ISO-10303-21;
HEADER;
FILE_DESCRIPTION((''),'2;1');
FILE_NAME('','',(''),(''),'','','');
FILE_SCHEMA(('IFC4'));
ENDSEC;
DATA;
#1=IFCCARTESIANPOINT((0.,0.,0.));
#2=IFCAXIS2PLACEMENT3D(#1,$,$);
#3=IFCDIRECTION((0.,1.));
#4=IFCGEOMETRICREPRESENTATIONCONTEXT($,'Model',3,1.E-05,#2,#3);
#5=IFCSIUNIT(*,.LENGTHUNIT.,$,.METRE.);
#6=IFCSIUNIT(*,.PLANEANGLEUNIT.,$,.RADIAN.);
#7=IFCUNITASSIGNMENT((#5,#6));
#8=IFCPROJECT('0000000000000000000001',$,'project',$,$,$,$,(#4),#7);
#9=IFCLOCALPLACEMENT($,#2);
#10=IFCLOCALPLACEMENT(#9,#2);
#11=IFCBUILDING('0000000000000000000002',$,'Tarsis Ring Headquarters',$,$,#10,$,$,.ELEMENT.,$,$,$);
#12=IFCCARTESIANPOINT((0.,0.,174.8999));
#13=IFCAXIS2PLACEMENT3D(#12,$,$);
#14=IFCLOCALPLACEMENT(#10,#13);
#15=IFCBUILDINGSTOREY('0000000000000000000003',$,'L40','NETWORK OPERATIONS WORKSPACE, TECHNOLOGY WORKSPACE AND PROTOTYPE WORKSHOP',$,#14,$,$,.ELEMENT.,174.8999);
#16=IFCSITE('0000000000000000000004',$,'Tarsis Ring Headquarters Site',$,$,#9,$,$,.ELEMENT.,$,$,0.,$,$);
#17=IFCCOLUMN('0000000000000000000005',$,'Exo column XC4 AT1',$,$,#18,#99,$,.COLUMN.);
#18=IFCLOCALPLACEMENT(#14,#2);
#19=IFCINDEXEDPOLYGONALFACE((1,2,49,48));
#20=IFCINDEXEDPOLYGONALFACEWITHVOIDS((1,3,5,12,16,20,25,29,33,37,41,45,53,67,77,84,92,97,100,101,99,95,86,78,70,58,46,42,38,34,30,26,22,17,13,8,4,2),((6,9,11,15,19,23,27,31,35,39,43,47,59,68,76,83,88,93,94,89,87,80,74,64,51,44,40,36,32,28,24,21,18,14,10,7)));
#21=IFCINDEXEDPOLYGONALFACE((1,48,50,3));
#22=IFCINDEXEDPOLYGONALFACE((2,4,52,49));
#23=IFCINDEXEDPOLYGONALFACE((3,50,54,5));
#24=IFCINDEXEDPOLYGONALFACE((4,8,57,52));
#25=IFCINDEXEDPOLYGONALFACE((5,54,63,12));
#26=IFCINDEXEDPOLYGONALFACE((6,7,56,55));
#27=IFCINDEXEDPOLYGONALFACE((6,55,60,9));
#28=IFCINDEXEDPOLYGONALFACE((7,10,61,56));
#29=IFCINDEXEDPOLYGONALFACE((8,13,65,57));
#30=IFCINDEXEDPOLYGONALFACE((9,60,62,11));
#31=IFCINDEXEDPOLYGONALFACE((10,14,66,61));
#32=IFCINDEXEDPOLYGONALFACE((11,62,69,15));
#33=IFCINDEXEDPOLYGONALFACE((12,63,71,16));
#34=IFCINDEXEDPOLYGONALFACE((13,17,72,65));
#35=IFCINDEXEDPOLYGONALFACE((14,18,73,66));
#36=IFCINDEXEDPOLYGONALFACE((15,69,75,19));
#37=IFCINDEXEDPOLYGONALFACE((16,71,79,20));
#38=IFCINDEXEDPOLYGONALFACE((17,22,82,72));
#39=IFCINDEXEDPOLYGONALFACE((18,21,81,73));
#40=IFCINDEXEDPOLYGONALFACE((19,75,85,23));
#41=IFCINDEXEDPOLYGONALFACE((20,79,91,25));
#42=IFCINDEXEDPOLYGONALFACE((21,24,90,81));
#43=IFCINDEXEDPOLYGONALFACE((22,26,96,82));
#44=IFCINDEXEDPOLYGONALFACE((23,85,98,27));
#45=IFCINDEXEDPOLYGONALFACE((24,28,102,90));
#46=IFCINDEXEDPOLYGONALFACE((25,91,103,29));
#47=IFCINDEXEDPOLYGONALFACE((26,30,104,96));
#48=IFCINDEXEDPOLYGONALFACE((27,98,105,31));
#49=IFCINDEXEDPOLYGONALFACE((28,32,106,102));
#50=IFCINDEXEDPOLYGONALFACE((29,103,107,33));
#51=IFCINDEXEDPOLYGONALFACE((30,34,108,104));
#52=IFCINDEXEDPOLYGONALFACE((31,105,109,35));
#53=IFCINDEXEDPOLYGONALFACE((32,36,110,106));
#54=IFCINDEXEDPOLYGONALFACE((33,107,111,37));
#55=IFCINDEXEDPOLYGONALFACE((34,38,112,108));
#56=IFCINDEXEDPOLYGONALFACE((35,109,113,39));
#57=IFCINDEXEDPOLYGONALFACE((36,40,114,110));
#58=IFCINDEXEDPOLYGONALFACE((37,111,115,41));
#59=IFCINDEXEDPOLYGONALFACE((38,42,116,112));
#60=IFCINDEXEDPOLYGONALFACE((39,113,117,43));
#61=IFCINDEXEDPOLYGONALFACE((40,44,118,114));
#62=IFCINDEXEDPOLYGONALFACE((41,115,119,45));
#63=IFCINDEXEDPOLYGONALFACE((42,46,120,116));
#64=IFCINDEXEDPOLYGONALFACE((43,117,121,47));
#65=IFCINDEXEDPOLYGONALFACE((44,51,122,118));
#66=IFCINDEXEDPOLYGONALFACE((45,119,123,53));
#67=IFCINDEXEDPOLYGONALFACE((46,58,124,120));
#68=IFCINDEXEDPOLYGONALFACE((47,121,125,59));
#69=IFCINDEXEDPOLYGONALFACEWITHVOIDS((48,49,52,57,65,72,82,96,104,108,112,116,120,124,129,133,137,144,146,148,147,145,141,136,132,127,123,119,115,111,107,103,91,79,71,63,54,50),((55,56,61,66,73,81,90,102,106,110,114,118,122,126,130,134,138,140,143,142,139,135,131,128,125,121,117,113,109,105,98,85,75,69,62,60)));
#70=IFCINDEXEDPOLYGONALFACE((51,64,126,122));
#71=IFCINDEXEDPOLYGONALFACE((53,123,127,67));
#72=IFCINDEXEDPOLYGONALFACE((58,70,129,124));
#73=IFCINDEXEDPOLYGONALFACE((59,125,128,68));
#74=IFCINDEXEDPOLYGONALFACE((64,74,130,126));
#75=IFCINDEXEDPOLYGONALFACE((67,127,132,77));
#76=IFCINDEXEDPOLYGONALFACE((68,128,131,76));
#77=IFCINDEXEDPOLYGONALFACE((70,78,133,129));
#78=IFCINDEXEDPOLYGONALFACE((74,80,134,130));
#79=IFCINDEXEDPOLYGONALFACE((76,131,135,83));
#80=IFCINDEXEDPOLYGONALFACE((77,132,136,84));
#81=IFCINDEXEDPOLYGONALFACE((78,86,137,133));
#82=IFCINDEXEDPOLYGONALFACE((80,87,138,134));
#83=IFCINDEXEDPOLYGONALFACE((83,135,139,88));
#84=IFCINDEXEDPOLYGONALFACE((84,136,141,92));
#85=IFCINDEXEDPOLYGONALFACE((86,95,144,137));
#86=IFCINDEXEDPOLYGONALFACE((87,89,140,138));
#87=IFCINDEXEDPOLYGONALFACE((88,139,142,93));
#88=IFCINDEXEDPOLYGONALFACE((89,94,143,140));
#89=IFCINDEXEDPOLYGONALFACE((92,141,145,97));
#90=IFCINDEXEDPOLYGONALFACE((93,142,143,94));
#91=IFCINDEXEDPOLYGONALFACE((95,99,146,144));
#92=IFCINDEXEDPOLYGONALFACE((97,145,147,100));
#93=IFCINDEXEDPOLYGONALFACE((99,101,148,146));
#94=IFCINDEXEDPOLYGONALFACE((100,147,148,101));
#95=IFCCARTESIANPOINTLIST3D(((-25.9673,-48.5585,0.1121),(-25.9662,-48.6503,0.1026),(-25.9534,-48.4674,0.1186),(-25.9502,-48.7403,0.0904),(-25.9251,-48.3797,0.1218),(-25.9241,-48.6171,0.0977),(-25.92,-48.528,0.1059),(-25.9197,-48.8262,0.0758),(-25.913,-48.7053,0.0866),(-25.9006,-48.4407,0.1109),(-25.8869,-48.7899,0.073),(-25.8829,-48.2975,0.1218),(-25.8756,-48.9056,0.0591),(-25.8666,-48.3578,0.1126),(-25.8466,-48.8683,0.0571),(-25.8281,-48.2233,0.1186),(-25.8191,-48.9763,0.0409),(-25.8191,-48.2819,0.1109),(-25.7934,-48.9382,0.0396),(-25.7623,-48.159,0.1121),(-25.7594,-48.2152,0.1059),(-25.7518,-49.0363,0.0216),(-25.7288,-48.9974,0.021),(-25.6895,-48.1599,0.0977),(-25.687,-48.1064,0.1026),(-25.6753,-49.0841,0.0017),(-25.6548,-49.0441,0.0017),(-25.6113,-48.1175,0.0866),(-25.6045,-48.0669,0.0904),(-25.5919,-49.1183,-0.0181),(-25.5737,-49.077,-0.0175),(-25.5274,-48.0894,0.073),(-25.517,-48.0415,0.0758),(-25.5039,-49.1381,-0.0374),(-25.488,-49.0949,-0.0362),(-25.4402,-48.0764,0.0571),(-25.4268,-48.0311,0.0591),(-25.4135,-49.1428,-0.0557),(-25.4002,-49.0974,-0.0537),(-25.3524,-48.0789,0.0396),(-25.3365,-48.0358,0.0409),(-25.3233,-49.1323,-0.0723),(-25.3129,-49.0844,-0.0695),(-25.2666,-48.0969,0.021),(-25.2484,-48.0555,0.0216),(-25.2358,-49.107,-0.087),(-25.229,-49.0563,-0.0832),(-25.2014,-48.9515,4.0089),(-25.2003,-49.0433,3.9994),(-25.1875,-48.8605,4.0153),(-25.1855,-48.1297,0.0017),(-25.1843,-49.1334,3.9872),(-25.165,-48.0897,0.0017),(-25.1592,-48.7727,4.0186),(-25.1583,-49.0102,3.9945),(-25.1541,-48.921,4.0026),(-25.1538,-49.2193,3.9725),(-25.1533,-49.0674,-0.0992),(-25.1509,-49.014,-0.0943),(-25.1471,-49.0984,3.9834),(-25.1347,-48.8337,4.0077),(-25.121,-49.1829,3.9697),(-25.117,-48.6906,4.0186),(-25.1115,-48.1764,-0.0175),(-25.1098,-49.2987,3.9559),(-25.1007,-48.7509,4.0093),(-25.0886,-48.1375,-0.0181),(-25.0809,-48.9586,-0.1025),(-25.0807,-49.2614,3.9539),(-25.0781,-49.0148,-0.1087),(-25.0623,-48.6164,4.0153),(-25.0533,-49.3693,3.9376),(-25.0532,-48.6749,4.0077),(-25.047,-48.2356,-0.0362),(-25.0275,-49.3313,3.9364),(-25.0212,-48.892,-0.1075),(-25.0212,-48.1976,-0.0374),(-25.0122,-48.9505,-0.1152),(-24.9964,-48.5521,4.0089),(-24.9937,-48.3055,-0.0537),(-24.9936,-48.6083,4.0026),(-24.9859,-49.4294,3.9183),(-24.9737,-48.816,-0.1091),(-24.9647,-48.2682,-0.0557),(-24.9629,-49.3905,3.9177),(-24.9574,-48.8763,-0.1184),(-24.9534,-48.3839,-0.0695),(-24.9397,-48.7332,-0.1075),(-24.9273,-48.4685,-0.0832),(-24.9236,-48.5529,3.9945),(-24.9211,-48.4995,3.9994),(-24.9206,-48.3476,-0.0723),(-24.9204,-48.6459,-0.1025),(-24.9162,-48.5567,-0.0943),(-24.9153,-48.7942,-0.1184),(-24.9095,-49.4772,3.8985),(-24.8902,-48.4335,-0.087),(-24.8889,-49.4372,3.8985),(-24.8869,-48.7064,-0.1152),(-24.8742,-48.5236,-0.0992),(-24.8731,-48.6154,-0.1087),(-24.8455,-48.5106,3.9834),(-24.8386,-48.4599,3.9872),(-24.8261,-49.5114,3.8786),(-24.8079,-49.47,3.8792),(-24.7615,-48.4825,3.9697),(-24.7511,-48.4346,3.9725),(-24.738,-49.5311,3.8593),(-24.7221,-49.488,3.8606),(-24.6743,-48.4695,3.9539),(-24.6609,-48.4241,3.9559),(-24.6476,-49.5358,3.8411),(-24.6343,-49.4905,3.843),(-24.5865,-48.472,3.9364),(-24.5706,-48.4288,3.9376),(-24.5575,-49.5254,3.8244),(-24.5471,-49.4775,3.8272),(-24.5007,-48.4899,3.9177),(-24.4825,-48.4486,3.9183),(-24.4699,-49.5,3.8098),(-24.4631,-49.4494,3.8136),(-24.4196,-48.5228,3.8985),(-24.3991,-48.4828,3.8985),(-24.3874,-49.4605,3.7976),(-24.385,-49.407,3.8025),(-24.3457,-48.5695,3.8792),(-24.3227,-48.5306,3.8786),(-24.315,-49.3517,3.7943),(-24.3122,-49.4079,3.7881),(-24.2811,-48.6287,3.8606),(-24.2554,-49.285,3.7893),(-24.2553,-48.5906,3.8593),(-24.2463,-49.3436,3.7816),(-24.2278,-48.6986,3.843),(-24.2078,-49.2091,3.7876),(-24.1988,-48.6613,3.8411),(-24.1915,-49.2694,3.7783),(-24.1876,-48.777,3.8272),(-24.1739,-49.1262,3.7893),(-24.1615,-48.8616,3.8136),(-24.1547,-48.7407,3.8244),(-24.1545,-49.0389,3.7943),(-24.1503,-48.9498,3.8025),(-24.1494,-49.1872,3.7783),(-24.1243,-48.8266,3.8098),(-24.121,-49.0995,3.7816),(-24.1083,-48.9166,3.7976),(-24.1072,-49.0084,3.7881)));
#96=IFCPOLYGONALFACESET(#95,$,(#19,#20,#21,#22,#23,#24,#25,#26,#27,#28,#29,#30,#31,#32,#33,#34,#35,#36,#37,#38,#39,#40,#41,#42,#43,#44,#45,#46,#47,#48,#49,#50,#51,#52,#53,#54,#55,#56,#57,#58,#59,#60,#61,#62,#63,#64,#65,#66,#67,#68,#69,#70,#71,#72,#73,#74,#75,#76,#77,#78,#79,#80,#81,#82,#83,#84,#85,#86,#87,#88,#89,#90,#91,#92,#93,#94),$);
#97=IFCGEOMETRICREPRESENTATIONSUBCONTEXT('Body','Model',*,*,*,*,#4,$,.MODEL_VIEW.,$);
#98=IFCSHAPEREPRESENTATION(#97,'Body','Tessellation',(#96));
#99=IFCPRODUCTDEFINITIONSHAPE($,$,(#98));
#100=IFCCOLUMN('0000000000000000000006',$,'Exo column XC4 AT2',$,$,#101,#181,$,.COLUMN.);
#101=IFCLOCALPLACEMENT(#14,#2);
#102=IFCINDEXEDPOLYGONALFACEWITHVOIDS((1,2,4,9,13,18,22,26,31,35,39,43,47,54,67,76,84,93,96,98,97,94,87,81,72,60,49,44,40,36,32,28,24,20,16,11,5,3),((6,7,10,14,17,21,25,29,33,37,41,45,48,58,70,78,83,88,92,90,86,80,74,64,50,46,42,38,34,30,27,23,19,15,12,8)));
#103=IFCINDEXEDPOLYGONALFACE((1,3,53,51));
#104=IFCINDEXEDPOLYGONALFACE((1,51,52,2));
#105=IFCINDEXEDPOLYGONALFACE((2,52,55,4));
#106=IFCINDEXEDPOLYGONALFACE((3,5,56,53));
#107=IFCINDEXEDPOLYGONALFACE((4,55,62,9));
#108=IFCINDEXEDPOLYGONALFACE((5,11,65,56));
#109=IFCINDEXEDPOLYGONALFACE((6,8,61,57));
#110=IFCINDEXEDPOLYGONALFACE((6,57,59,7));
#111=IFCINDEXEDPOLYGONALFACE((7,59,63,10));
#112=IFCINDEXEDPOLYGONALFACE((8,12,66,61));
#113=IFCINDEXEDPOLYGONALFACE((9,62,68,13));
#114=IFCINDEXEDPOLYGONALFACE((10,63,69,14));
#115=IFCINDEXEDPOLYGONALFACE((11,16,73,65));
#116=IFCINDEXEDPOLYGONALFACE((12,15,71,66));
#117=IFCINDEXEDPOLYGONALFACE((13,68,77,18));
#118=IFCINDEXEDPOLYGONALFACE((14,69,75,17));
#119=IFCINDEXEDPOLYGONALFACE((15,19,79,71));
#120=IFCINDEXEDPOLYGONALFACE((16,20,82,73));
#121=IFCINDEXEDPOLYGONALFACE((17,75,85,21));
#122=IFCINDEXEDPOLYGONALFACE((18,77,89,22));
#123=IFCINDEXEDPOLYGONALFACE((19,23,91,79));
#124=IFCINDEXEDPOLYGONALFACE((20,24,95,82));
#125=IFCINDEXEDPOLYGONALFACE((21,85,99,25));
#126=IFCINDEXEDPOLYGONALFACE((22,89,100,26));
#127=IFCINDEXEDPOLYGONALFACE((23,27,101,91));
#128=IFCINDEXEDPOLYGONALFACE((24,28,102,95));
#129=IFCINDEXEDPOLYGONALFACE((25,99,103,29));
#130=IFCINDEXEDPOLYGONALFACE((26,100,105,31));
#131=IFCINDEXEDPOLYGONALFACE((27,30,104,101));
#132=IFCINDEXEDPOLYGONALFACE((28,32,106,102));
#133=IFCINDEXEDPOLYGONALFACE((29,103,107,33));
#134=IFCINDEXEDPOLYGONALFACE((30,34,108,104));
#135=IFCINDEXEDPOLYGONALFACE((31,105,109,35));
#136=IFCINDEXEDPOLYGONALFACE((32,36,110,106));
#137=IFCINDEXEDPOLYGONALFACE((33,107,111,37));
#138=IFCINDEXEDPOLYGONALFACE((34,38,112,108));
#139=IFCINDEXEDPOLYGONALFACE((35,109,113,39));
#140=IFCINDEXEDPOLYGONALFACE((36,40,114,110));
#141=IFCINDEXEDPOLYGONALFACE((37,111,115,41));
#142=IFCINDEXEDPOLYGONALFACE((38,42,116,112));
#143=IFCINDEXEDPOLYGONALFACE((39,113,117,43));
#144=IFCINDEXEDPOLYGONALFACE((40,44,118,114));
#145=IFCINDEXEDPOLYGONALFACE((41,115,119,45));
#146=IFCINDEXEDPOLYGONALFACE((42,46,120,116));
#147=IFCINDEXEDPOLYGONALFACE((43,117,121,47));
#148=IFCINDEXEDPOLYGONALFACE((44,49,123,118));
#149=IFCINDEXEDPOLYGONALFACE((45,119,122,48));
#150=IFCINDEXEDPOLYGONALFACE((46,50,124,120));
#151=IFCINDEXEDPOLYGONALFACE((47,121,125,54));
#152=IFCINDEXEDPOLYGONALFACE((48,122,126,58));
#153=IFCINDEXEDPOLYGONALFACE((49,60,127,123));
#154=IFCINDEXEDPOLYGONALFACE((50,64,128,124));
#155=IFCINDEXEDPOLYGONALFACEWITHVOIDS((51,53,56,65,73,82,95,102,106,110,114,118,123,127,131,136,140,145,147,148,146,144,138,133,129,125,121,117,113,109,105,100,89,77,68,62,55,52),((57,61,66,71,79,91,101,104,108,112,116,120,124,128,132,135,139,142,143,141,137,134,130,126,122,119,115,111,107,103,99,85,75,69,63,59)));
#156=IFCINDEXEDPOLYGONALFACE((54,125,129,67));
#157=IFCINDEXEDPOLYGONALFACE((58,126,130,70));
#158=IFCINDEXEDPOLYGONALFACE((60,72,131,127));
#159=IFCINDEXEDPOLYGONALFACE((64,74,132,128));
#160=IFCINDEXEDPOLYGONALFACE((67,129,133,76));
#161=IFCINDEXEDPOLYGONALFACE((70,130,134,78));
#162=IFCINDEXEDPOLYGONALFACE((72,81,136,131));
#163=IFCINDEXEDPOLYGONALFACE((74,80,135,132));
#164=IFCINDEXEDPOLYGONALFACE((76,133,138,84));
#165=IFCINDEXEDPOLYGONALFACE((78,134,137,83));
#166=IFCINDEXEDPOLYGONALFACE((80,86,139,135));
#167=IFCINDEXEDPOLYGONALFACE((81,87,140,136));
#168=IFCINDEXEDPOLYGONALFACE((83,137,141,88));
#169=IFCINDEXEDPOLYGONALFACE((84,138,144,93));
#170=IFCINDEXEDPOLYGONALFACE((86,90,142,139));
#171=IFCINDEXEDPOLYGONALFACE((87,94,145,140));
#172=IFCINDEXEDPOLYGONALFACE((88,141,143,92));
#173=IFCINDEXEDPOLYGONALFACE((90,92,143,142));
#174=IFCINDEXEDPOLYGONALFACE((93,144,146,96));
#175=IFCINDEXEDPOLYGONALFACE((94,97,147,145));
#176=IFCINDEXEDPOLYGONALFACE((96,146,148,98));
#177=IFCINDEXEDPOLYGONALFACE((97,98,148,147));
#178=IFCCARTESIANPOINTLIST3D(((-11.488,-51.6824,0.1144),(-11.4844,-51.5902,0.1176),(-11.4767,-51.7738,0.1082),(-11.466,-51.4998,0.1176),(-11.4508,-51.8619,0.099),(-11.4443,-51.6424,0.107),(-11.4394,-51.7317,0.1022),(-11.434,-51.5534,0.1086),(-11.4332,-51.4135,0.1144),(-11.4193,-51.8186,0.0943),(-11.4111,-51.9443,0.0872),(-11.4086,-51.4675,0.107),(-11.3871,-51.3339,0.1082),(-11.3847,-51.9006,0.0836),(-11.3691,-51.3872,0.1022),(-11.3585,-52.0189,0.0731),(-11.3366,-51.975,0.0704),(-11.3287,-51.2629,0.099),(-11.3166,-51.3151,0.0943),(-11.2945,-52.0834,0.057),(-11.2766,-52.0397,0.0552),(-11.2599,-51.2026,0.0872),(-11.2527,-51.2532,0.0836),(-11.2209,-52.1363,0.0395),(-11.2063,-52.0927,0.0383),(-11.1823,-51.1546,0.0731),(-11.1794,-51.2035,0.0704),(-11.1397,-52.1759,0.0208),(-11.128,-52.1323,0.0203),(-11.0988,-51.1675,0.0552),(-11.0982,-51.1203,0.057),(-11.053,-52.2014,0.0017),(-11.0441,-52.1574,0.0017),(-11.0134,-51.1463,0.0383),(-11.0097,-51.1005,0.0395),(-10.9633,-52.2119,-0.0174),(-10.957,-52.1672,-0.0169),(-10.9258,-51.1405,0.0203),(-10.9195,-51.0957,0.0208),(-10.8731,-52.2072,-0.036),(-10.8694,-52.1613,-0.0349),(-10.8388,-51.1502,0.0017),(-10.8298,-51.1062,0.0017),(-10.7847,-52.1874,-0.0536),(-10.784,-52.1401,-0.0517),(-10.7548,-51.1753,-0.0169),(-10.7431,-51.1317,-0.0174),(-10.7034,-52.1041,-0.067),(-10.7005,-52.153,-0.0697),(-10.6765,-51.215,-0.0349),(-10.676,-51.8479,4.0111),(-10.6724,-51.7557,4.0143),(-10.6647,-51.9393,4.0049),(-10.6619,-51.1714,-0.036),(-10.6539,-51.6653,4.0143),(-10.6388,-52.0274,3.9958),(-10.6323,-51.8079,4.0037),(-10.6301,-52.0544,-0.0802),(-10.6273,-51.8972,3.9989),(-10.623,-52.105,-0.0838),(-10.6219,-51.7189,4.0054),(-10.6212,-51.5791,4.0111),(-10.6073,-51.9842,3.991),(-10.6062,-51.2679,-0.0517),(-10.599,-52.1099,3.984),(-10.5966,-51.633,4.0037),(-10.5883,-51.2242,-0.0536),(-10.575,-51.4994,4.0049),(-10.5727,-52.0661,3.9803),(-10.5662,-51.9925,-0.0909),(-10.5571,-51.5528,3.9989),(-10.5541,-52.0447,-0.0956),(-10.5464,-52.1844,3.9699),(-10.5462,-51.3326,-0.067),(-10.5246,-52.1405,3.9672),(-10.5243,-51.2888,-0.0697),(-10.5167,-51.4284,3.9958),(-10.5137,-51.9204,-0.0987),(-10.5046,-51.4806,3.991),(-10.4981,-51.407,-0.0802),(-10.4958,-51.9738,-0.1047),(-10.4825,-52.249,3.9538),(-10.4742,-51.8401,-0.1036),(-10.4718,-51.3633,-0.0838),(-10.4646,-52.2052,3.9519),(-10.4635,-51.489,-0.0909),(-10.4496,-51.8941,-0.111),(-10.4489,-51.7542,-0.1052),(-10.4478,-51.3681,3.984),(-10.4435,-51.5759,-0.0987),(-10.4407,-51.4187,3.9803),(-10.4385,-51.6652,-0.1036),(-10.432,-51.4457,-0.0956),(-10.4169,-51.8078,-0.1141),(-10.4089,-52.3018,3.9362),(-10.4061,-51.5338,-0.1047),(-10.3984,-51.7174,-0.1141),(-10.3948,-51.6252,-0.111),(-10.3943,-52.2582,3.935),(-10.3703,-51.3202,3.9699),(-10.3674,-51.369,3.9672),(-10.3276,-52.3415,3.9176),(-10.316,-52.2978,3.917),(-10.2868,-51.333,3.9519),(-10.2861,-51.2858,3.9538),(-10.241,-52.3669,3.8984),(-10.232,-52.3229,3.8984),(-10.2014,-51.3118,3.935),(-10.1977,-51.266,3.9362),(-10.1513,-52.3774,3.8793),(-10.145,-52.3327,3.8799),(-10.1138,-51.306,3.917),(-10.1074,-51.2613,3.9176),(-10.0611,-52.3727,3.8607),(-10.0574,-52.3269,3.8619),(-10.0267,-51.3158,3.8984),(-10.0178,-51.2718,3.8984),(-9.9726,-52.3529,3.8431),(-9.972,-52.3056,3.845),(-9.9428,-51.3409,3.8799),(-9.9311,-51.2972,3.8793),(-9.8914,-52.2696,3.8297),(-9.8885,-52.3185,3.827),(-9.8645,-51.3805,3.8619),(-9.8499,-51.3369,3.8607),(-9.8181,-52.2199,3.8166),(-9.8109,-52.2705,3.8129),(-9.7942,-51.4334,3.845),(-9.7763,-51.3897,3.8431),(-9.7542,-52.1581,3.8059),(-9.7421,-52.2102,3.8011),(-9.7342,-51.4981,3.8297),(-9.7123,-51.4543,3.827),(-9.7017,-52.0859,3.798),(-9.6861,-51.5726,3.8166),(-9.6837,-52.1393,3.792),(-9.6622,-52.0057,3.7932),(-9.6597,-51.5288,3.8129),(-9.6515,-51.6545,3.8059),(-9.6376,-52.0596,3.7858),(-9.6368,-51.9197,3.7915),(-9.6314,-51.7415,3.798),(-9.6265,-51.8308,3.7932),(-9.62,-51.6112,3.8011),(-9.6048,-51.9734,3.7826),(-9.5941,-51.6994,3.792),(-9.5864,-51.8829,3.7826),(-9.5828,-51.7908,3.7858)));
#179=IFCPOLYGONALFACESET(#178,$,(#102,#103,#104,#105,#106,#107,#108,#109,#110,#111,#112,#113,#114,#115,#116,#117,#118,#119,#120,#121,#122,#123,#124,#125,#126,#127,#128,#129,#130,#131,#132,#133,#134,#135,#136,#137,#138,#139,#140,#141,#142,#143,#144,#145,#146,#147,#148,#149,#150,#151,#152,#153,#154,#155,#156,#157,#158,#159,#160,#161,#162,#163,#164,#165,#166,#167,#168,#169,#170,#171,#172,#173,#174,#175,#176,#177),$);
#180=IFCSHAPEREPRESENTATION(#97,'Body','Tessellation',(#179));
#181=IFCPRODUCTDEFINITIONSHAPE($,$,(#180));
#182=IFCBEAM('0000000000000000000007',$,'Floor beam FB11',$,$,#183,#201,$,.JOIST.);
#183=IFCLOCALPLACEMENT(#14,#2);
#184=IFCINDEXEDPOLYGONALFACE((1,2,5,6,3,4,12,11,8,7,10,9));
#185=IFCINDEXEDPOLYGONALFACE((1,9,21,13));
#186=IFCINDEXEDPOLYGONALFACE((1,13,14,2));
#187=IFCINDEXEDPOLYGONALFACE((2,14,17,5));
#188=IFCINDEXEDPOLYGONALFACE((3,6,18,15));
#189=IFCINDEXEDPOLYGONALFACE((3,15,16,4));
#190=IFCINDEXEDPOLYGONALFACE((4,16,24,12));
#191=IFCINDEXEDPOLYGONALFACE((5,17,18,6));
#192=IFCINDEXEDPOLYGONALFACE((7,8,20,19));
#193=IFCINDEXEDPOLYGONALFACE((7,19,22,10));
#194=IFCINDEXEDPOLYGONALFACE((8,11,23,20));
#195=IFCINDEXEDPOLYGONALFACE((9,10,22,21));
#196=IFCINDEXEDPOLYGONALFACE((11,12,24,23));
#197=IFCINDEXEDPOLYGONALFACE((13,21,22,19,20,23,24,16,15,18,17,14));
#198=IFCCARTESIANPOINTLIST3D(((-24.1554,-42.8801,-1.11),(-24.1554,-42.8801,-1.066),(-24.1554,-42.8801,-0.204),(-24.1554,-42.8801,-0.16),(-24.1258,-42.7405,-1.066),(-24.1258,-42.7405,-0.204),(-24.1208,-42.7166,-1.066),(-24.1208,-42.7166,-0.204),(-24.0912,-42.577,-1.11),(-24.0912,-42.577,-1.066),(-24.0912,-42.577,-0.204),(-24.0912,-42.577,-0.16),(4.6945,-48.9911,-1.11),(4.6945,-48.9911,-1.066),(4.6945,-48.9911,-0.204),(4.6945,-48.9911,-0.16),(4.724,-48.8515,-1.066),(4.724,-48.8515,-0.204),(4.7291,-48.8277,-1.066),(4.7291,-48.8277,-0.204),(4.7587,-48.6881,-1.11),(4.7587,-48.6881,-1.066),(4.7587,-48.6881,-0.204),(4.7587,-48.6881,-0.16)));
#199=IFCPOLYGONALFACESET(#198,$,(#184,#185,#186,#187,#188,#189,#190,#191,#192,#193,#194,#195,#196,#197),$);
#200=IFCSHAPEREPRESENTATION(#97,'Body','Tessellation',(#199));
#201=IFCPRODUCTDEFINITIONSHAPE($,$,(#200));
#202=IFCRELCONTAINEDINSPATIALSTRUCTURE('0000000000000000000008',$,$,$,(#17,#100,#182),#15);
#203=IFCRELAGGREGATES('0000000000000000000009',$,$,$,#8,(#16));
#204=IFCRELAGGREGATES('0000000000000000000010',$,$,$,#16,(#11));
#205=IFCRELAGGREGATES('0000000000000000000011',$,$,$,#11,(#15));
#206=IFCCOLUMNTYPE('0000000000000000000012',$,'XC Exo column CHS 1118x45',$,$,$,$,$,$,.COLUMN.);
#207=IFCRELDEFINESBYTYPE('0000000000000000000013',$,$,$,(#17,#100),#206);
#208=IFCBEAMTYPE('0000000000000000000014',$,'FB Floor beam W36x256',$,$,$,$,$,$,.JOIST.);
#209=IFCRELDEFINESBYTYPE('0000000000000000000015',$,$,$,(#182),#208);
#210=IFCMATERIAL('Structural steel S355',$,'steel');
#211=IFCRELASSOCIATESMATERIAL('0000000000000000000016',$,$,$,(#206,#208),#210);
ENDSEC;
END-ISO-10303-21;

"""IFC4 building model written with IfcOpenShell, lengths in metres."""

from ifc_helpers import new_model, si_unit, direction, frame, origin, origin_2d, place, context, subcontext, project, spatial, hollow_circle, i_section, extrude, material, material_profile, profile_set, type_object, element, save


model = new_model("IFC4")

# Units and contexts
model_context = context("Model", 3, precision=1e-05, world=origin(), true_north=direction((0.0, 1.0)))
body_context = subcontext(model_context, "Body", "Model", "MODEL_VIEW")
ifc_project = project(units=[si_unit("LENGTHUNIT", "METRE"), si_unit("PLANEANGLEUNIT", "RADIAN")], contexts=[model_context])

# Site, building, storey
site_placement = place(None, origin())
site = spatial("IfcSite", under=ifc_project, at=site_placement, Name="Tarsis Ring Headquarters Site", CompositionType="ELEMENT", RefElevation=0.0)
building_placement = place(site_placement, origin())
building = spatial("IfcBuilding", under=site, at=building_placement, Name="Tarsis Ring Headquarters", CompositionType="ELEMENT")
storey_placement = place(building_placement, frame((0.0, 0.0, 174.8999)))
storey = spatial("IfcBuildingStorey", under=building, at=storey_placement, Name="L40", Description="NETWORK OPERATIONS WORKSPACE, TECHNOLOGY WORKSPACE AND PROTOTYPE WORKSHOP", CompositionType="ELEMENT", Elevation=174.8999)

# Columns
ifc_material_1 = material(Name="Structural steel S355", Category="steel")
ifc_material_profile_1 = material_profile(ifc_material_1, hollow_circle(Radius=0.5588, WallThickness=0.0449, at=origin_2d()), Name="CHS 1118x45")
ifc_profile_set_1 = profile_set([ifc_material_profile_1], Name="Structural steel S355")
column_type = type_object("IfcColumnType", Name="XC Exo column CHS 1118x45", PredefinedType="COLUMN", material=ifc_profile_set_1)
column_1_placement = place(storey_placement, frame((-25.4202, -48.5869, 0.0017), z_axis=(0.191914, -0.098496, 0.976457), x_axis=(0.456605, 0.88967, 0.0)))
element("IfcColumn", 1, at=column_1_placement, inside=storey, type_object=column_type, Name="Exo column XC4 AT1", PredefinedType="COLUMN", context=body_context, shape_type="SweptSolid", body=[
    extrude(hollow_circle(Radius=0.5588, WallThickness=0.0449, at=origin_2d()), origin(), (0.0, 0.0, 1.0), 3.9907),
])
column_2_placement = place(storey_placement, frame((-10.9414, -51.6538, 0.0017), z_axis=(0.203825, -0.041549, 0.978125), x_axis=(0.199741, 0.979849, 0.0)))
element("IfcColumn", 2, at=column_2_placement, inside=storey, type_object=column_type, Name="Exo column XC4 AT2", PredefinedType="COLUMN", context=body_context, shape_type="SweptSolid", body=[
    extrude(hollow_circle(Radius=0.5588, WallThickness=0.0449, at=origin_2d()), origin(), (0.0, 0.0, 1.0), 3.9839),
])

# Beam
ifc_material_profile_2 = material_profile(ifc_material_1, i_section(OverallWidth=0.3098, OverallDepth=0.95, WebThickness=0.0244, FlangeThickness=0.0439, at=origin_2d()), Name="W36x256")
ifc_profile_set_2 = profile_set([ifc_material_profile_2], Name="Structural steel S355")
beam_type_1 = type_object("IfcBeamType", Name="FB Floor beam W36x256", PredefinedType="JOIST", material=ifc_profile_set_2)
for number, where, z_axis, x_axis, name in (
    (3, (-24.1233, -42.7285, -0.635), (0.978293, -0.207226, 0.0), (0.207226, 0.978293, 0.0), "Floor beam FB11"),
):
    element("IfcBeam", number, at=place(storey_placement, frame(where, z_axis=z_axis, x_axis=x_axis)), inside=storey, type_object=beam_type_1, Name=name, PredefinedType="JOIST", context=body_context, shape_type="SweptSolid", body=[
        extrude(i_section(OverallWidth=0.3098, OverallDepth=0.95, WebThickness=0.0244, FlangeThickness=0.0439, at=origin_2d()), origin(), (0.0, 0.0, 1.0), 29.49),
    ])

save(model, "model.ifc")
